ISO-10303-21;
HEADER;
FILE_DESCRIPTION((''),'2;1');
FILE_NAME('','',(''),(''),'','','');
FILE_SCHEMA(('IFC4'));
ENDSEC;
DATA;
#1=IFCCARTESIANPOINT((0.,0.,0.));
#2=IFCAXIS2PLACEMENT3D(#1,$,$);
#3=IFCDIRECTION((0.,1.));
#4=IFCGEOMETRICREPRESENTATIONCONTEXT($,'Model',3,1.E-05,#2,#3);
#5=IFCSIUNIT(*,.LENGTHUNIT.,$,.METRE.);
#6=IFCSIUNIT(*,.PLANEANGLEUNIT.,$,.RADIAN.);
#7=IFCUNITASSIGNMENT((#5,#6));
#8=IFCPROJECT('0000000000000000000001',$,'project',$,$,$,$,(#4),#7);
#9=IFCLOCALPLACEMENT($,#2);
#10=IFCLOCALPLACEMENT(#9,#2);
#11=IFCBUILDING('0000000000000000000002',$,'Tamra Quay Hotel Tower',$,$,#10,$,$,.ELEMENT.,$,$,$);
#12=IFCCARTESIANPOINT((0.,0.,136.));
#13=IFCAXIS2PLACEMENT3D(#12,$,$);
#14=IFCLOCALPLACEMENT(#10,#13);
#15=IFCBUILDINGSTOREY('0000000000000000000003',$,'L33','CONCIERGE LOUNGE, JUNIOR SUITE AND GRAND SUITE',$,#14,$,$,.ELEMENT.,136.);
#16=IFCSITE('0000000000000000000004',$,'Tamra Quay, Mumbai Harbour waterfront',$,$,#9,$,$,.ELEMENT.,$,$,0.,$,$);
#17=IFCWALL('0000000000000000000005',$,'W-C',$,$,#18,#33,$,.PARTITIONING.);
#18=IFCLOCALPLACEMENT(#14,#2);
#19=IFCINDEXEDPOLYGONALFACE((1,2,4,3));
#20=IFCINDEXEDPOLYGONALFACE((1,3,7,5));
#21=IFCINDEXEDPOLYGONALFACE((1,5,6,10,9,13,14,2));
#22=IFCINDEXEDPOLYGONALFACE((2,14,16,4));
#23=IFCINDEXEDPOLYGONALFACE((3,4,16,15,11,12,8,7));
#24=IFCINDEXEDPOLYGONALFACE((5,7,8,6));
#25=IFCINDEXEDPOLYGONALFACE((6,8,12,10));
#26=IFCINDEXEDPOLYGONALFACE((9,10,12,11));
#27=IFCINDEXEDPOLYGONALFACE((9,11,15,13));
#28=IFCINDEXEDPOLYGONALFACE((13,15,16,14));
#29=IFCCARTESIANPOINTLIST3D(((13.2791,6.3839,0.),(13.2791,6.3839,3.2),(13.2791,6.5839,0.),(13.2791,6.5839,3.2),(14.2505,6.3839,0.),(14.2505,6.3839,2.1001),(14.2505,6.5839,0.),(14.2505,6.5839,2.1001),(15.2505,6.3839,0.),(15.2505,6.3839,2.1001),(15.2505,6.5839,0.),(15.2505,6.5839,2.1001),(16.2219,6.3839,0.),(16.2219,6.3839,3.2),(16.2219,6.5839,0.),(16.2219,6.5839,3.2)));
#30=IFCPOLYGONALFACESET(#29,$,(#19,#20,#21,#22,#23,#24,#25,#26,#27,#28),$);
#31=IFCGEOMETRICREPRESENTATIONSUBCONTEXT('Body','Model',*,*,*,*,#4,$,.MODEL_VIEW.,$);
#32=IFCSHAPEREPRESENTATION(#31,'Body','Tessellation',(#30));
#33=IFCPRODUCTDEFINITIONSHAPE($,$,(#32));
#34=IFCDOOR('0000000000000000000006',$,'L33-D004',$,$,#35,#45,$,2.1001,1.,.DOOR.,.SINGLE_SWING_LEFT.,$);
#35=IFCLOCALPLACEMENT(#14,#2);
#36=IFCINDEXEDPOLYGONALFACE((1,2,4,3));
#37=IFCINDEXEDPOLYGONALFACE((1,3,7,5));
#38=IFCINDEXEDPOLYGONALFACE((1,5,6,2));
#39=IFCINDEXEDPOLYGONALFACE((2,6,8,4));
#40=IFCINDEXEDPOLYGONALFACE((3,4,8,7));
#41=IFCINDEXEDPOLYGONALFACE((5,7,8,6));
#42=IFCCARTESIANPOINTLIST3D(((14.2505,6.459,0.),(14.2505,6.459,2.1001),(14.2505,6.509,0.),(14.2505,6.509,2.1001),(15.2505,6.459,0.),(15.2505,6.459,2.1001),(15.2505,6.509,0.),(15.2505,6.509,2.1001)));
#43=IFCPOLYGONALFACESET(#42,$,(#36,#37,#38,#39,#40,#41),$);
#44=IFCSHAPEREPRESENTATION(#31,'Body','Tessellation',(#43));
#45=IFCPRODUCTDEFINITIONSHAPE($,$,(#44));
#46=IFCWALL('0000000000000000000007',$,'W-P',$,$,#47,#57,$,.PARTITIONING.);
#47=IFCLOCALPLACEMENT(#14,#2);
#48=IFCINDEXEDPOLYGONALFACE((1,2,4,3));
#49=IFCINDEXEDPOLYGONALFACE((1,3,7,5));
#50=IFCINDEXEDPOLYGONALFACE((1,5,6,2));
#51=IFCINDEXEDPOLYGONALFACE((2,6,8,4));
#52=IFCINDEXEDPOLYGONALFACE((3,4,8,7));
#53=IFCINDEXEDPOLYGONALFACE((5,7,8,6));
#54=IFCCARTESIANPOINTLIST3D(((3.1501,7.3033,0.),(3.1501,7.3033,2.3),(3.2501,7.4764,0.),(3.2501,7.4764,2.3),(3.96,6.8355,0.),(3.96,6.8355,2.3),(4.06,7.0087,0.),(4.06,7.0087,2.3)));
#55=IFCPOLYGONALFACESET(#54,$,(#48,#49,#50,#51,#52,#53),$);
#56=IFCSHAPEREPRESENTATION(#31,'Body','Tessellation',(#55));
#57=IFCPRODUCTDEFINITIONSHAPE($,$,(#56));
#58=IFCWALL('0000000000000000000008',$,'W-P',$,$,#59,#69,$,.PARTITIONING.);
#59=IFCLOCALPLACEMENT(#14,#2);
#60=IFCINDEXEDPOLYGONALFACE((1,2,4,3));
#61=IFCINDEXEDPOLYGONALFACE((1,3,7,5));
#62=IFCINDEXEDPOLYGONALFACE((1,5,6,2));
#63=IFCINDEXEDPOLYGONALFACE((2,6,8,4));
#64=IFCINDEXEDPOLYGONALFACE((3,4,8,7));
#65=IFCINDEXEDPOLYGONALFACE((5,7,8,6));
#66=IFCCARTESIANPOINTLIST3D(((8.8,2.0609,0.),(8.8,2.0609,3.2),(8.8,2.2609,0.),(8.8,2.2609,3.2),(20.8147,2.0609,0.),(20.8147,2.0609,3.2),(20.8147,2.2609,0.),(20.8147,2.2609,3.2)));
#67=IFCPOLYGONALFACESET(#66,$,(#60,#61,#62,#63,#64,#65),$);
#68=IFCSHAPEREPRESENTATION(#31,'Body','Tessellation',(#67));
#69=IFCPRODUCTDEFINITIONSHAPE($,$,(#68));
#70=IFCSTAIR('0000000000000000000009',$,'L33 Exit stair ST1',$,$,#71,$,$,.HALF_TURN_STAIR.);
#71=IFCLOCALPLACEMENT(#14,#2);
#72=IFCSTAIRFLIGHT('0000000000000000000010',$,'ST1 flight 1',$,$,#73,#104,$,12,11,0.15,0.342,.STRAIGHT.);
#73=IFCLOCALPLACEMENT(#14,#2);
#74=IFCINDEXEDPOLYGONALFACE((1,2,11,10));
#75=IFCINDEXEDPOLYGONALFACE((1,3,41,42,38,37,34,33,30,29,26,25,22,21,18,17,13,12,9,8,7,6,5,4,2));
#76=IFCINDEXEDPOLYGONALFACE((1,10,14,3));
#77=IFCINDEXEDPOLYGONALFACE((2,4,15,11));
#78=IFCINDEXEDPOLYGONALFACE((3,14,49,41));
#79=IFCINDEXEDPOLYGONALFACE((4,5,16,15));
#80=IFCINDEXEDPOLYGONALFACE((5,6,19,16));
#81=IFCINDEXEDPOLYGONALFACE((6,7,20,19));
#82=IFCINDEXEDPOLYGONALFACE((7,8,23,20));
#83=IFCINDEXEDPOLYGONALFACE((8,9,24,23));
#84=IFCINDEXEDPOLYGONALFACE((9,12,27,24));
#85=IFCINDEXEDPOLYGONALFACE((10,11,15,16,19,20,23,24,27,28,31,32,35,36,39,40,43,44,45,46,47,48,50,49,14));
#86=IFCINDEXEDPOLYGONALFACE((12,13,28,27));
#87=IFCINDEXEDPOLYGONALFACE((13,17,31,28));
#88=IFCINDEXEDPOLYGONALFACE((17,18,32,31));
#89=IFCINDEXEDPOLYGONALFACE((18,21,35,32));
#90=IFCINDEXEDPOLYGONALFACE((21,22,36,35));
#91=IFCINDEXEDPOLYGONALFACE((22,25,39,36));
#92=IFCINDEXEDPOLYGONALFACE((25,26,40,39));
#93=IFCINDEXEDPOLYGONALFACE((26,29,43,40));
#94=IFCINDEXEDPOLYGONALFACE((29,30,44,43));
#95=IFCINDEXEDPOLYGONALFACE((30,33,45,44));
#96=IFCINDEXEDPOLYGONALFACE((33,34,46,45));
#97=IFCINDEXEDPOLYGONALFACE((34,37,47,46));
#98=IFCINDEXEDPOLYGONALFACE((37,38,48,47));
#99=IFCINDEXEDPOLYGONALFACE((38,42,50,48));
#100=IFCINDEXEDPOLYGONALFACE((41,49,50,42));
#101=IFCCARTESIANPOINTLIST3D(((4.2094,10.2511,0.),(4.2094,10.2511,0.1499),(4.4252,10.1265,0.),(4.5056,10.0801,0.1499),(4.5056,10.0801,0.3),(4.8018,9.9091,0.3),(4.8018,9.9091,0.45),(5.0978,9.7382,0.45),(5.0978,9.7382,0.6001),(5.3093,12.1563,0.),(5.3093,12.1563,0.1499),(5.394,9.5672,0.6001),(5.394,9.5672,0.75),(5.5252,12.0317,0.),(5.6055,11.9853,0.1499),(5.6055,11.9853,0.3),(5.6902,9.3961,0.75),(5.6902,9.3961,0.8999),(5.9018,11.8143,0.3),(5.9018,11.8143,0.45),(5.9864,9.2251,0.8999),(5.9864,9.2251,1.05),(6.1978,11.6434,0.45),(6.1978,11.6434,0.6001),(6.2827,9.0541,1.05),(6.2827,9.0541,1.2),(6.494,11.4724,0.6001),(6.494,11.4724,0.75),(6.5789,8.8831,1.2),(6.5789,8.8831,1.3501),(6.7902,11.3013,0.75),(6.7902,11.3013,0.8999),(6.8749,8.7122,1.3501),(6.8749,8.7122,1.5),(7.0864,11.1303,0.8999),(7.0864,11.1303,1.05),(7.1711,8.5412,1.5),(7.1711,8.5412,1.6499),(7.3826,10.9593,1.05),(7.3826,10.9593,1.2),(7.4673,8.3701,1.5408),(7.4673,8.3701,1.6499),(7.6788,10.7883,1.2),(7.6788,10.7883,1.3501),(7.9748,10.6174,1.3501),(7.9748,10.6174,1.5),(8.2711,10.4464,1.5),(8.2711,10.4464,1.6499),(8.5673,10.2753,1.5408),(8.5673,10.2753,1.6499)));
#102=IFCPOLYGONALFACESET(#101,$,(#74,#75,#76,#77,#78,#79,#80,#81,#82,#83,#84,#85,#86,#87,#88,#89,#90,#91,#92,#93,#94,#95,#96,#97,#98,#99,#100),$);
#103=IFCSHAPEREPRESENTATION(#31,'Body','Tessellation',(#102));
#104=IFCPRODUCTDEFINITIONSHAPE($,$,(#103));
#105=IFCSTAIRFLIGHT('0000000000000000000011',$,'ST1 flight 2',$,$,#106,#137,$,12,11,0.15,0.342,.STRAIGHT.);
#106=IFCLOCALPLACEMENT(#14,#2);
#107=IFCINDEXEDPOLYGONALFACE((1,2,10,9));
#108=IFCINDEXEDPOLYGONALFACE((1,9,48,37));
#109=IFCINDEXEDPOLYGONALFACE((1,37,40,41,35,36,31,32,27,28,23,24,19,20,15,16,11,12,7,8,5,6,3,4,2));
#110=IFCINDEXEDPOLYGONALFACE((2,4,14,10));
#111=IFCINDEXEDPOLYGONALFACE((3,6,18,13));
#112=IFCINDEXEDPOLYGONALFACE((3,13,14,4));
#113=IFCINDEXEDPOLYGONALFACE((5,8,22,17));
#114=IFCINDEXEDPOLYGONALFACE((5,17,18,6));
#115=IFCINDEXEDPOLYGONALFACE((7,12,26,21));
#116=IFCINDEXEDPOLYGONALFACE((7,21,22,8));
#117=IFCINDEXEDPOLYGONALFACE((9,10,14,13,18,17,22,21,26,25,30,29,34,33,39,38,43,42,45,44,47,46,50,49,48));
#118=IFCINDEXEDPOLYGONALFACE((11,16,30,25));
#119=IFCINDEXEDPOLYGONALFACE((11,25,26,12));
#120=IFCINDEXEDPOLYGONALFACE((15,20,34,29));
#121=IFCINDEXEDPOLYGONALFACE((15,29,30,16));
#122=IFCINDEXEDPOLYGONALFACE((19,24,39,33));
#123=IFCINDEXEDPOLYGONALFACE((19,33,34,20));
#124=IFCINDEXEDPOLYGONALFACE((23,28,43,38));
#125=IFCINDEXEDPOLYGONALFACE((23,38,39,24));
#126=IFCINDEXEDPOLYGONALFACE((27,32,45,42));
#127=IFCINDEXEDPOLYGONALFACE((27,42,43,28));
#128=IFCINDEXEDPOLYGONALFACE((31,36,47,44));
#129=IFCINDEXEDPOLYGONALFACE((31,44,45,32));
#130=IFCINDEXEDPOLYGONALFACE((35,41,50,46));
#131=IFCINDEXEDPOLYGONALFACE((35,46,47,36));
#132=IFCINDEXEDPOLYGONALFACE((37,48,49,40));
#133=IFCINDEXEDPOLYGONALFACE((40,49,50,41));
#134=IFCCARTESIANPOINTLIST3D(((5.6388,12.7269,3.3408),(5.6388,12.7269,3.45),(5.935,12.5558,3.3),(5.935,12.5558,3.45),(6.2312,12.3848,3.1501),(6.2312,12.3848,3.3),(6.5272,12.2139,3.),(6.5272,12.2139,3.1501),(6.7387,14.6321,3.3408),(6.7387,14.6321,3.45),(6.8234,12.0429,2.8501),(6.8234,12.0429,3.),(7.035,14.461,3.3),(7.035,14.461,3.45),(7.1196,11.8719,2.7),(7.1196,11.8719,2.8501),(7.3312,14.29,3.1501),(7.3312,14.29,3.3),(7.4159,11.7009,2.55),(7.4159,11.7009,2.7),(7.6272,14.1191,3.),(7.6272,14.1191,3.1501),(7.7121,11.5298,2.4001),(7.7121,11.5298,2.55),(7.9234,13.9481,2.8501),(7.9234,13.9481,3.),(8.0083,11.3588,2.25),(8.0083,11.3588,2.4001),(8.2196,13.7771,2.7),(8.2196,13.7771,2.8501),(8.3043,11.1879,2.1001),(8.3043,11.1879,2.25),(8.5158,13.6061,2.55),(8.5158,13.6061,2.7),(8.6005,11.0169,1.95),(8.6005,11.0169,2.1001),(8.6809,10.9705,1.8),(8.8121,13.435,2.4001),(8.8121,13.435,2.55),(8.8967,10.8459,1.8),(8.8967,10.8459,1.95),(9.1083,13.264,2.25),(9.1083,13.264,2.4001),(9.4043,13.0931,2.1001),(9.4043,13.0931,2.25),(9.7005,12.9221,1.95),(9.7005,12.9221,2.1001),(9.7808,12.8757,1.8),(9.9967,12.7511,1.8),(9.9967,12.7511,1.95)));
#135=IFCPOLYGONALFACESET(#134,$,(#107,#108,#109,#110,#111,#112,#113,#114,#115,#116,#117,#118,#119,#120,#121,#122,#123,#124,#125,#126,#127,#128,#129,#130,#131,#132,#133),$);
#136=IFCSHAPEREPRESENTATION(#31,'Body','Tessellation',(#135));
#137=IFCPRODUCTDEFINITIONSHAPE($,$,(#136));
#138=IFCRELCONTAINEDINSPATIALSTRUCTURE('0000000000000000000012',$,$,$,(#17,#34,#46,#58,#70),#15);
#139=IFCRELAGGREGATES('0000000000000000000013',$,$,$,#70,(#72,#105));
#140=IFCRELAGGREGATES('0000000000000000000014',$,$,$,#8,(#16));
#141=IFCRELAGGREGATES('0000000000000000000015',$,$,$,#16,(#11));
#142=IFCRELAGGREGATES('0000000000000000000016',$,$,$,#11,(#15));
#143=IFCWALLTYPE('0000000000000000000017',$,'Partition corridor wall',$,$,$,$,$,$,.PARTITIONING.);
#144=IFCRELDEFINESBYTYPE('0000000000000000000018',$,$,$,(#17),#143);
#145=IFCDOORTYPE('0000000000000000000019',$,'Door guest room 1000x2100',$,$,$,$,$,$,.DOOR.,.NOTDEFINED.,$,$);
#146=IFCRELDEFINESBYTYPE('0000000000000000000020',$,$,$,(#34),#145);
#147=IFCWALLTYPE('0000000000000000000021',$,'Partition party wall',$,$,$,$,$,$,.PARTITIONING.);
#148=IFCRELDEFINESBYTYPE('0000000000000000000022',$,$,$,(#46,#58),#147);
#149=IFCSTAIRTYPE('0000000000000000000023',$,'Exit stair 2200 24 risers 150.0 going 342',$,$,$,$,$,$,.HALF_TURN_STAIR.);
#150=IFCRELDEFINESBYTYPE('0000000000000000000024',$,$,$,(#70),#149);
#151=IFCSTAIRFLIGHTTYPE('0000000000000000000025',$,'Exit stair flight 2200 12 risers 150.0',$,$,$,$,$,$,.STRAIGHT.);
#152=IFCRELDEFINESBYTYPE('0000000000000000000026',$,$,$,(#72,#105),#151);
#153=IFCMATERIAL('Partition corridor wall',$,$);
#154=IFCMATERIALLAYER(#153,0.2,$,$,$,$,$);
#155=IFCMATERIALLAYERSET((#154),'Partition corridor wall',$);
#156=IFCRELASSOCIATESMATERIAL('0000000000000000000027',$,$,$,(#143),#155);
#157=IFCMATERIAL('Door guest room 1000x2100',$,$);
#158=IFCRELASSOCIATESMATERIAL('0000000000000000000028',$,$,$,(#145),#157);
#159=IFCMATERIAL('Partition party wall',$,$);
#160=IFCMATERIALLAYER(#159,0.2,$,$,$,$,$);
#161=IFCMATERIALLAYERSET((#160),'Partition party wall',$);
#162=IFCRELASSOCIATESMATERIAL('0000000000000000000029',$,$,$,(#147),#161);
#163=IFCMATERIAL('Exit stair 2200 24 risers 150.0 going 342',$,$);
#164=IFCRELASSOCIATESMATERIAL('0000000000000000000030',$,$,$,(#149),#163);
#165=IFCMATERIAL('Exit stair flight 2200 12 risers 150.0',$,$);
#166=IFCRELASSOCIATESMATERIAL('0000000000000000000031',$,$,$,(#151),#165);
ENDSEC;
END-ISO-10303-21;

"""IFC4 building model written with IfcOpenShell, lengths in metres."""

from ifc_helpers import new_model, si_unit, direction, frame, frame_2d, origin, place, context, subcontext, project, spatial, polyline, rectangle, outline, extrude, material, layer, layer_set, type_object, element, fill, aggregate, save


model = new_model("IFC4")

# Units and contexts
model_context = context("Model", 3, precision=1e-05, world=origin(), true_north=direction((0.0, 1.0)))
body_context = subcontext(model_context, "Body", "Model", "MODEL_VIEW")
ifc_project = project(units=[si_unit("LENGTHUNIT", "METRE"), si_unit("PLANEANGLEUNIT", "RADIAN")], contexts=[model_context])

# Site, building, storey
site_placement = place(None, origin())
site = spatial("IfcSite", under=ifc_project, at=site_placement, Name="Tamra Quay, Mumbai Harbour waterfront", CompositionType="ELEMENT", RefElevation=0.0)
building_placement = place(site_placement, origin())
building = spatial("IfcBuilding", under=site, at=building_placement, Name="Tamra Quay Hotel Tower", CompositionType="ELEMENT")
storey_placement = place(building_placement, frame((0.0, 0.0, 136.0)))
storey = spatial("IfcBuildingStorey", under=building, at=storey_placement, Name="L33", Description="CONCIERGE LOUNGE, JUNIOR SUITE AND GRAND SUITE", CompositionType="ELEMENT", Elevation=136.0)

# Shared definitions
ifc_material_1 = material(Name="Partition corridor wall")
ifc_layer_1 = layer(ifc_material_1, 0.2)
ifc_layer_set_1 = layer_set([ifc_layer_1], Name="Partition corridor wall")
wall_type_1 = type_object("IfcWallType", Name="Partition corridor wall", PredefinedType="PARTITIONING", material=ifc_layer_set_1)

# Wall, opening, door
wall_1_placement = place(storey_placement, frame((13.2791, 6.4839, 0.0), z_axis=(0.0, 0.0, 1.0), x_axis=(1.0, 0.0, 0.0)))
wall_1 = element("IfcWall", 1, at=wall_1_placement, inside=storey, type_object=wall_type_1, Name="W-C", PredefinedType="PARTITIONING", context=body_context, shape_type="SweptSolid", body=[
    extrude(rectangle(XDim=2.9429, YDim=0.2, at=frame_2d((1.4714, 0.0))), origin(), (0.0, 0.0, 1.0), 3.2),
])
opening_1_placement = place(wall_1_placement, frame((0.9714, 0.0, 0.0)))
opening_1 = element("IfcOpeningElement", 2, at=opening_1_placement, cuts=wall_1, PredefinedType="OPENING", context=body_context, shape_type="SweptSolid", body=[
    extrude(rectangle(XDim=1.0, YDim=2.1001, at=frame_2d((0.5, 1.05))), frame((0.0, 0.1099, 0.0), z_axis=(0.0, -1.0, 0.0), x_axis=(1.0, 0.0, 0.0)), (0.0, 0.0, 1.0), 0.22),
])
ifc_material_2 = material(Name="Door guest room 1000x2100")
door_type_1 = type_object("IfcDoorType", Name="Door guest room 1000x2100", OperationType="NOTDEFINED", PredefinedType="DOOR", material=ifc_material_2)
door_1_placement = place(opening_1_placement, frame((1.0, 0.0, 0.0), z_axis=(0.0, 0.0, 1.0), x_axis=(-1.0, 0.0, 0.0)))
door_1 = element("IfcDoor", 3, at=door_1_placement, inside=storey, type_object=door_type_1, Name="L33-D004", OperationType="SINGLE_SWING_LEFT", OverallHeight=2.1001, OverallWidth=1.0, PredefinedType="DOOR", context=body_context, shape_type="SweptSolid", body=[
    extrude(rectangle(XDim=1.0, YDim=2.1001, at=frame_2d((0.5, 1.05))), frame((0.0, 0.0249, 0.0), z_axis=(0.0, -1.0, 0.0), x_axis=(1.0, 0.0, 0.0)), (0.0, 0.0, 1.0), 0.05),
])
fill(opening_1, door_1)

# Walls
ifc_material_3 = material(Name="Partition party wall")
ifc_layer_2 = layer(ifc_material_3, 0.2)
ifc_layer_set_2 = layer_set([ifc_layer_2], Name="Partition party wall")
wall_type_2 = type_object("IfcWallType", Name="Partition party wall", PredefinedType="PARTITIONING", material=ifc_layer_set_2)
wall_2_placement = place(storey_placement, frame((3.2, 7.3899, 0.0), z_axis=(0.0, 0.0, 1.0), x_axis=(0.865986, -0.500069, 0.0)))
element("IfcWall", 4, at=wall_2_placement, inside=storey, type_object=wall_type_2, Name="W-P", PredefinedType="PARTITIONING", context=body_context, shape_type="SweptSolid", body=[
    extrude(rectangle(XDim=0.9353, YDim=0.2, at=frame_2d((0.4678, 0.0))), origin(), (0.0, 0.0, 1.0), 2.3),
])
wall_3_placement = place(storey_placement, frame((8.8, 2.1609, 0.0), z_axis=(0.0, 0.0, 1.0), x_axis=(1.0, 0.0, 0.0)))
element("IfcWall", 5, at=wall_3_placement, inside=storey, type_object=wall_type_2, Name="W-P", PredefinedType="PARTITIONING", context=body_context, shape_type="SweptSolid", body=[
    extrude(rectangle(XDim=12.0146, YDim=0.2, at=frame_2d((6.0073, 0.0))), origin(), (0.0, 0.0, 1.0), 3.2),
])

# Stair, stair flights
ifc_material_4 = material(Name="Exit stair 2200 24 risers 150.0 going 342")
stair_type = type_object("IfcStairType", Name="Exit stair 2200 24 risers 150.0 going 342", PredefinedType="HALF_TURN_STAIR", material=ifc_material_4)
stair_placement = place(storey_placement, origin())
stair = element("IfcStair", 6, at=stair_placement, inside=storey, type_object=stair_type, Name="L33 Exit stair ST1", PredefinedType="HALF_TURN_STAIR")
ifc_material_5 = material(Name="Exit stair flight 2200 12 risers 150.0")
stair_flight_type = type_object("IfcStairFlightType", Name="Exit stair flight 2200 12 risers 150.0", PredefinedType="STRAIGHT", material=ifc_material_5)
stair_flight_1_placement = place(storey_placement, frame((4.7593, 11.2036, 0.0), z_axis=(0.0, 0.0, 1.0), x_axis=(0.866025, -0.5, 0.0)))
stair_flight_1 = element("IfcStairFlight", 7, at=stair_flight_1_placement, type_object=stair_flight_type, Name="ST1 flight 1", NumberOfRisers=12, NumberOfTreads=11, PredefinedType="STRAIGHT", RiserHeight=0.15, TreadLength=0.342, context=body_context, shape_type="SweptSolid", body=[
    extrude(outline(polyline([(0.0, 0.0), (0.0, 0.1499), (0.342, 0.1499), (0.342, 0.3), (0.6841, 0.3), (0.6841, 0.45), (1.0259, 0.45), (1.0259, 0.6001), (1.3679, 0.6001), (1.3679, 0.75), (1.71, 0.75), (1.71, 0.8999), (2.052, 0.8999), (2.052, 1.05), (2.394, 1.05), (2.394, 1.2), (2.7361, 1.2), (2.7361, 1.3501), (3.0779, 1.3501), (3.0779, 1.5), (3.4199, 1.5), (3.4199, 1.6499), (3.762, 1.6499), (3.762, 1.8), (3.762, 1.5408), (0.2493, 0.0), (0.0, 0.0)])), frame((0.0, 1.1001, 0.0), z_axis=(0.0, -1.0, 0.0), x_axis=(1.0, 0.0, 0.0)), (0.0, 0.0, 1.0), 2.2),
])
stair_flight_2_placement = place(storey_placement, frame((9.4468, 11.7986, 1.8), z_axis=(0.0, 0.0, 1.0), x_axis=(-0.866025, 0.5, 0.0)))
stair_flight_2 = element("IfcStairFlight", 8, at=stair_flight_2_placement, type_object=stair_flight_type, Name="ST1 flight 2", NumberOfRisers=12, NumberOfTreads=11, PredefinedType="STRAIGHT", RiserHeight=0.15, TreadLength=0.342, context=body_context, shape_type="SweptSolid", body=[
    extrude(outline(polyline([(0.0, 0.0), (0.0, 0.1499), (0.342, 0.1499), (0.342, 0.3), (0.6841, 0.3), (0.6841, 0.45), (1.0259, 0.45), (1.0259, 0.6001), (1.3679, 0.6001), (1.3679, 0.75), (1.71, 0.75), (1.71, 0.8999), (2.052, 0.8999), (2.052, 1.05), (2.394, 1.05), (2.394, 1.2), (2.7361, 1.2), (2.7361, 1.3501), (3.0779, 1.3501), (3.0779, 1.5), (3.4199, 1.5), (3.4199, 1.6499), (3.762, 1.6499), (3.762, 1.8), (3.762, 1.5408), (0.2493, 0.0), (0.0, 0.0)])), frame((0.0, 1.1001, 0.0), z_axis=(0.0, -1.0, 0.0), x_axis=(1.0, 0.0, 0.0)), (0.0, 0.0, 1.0), 2.2),
])
aggregate(stair, [stair_flight_1, stair_flight_2])

save(model, "model.ifc")
